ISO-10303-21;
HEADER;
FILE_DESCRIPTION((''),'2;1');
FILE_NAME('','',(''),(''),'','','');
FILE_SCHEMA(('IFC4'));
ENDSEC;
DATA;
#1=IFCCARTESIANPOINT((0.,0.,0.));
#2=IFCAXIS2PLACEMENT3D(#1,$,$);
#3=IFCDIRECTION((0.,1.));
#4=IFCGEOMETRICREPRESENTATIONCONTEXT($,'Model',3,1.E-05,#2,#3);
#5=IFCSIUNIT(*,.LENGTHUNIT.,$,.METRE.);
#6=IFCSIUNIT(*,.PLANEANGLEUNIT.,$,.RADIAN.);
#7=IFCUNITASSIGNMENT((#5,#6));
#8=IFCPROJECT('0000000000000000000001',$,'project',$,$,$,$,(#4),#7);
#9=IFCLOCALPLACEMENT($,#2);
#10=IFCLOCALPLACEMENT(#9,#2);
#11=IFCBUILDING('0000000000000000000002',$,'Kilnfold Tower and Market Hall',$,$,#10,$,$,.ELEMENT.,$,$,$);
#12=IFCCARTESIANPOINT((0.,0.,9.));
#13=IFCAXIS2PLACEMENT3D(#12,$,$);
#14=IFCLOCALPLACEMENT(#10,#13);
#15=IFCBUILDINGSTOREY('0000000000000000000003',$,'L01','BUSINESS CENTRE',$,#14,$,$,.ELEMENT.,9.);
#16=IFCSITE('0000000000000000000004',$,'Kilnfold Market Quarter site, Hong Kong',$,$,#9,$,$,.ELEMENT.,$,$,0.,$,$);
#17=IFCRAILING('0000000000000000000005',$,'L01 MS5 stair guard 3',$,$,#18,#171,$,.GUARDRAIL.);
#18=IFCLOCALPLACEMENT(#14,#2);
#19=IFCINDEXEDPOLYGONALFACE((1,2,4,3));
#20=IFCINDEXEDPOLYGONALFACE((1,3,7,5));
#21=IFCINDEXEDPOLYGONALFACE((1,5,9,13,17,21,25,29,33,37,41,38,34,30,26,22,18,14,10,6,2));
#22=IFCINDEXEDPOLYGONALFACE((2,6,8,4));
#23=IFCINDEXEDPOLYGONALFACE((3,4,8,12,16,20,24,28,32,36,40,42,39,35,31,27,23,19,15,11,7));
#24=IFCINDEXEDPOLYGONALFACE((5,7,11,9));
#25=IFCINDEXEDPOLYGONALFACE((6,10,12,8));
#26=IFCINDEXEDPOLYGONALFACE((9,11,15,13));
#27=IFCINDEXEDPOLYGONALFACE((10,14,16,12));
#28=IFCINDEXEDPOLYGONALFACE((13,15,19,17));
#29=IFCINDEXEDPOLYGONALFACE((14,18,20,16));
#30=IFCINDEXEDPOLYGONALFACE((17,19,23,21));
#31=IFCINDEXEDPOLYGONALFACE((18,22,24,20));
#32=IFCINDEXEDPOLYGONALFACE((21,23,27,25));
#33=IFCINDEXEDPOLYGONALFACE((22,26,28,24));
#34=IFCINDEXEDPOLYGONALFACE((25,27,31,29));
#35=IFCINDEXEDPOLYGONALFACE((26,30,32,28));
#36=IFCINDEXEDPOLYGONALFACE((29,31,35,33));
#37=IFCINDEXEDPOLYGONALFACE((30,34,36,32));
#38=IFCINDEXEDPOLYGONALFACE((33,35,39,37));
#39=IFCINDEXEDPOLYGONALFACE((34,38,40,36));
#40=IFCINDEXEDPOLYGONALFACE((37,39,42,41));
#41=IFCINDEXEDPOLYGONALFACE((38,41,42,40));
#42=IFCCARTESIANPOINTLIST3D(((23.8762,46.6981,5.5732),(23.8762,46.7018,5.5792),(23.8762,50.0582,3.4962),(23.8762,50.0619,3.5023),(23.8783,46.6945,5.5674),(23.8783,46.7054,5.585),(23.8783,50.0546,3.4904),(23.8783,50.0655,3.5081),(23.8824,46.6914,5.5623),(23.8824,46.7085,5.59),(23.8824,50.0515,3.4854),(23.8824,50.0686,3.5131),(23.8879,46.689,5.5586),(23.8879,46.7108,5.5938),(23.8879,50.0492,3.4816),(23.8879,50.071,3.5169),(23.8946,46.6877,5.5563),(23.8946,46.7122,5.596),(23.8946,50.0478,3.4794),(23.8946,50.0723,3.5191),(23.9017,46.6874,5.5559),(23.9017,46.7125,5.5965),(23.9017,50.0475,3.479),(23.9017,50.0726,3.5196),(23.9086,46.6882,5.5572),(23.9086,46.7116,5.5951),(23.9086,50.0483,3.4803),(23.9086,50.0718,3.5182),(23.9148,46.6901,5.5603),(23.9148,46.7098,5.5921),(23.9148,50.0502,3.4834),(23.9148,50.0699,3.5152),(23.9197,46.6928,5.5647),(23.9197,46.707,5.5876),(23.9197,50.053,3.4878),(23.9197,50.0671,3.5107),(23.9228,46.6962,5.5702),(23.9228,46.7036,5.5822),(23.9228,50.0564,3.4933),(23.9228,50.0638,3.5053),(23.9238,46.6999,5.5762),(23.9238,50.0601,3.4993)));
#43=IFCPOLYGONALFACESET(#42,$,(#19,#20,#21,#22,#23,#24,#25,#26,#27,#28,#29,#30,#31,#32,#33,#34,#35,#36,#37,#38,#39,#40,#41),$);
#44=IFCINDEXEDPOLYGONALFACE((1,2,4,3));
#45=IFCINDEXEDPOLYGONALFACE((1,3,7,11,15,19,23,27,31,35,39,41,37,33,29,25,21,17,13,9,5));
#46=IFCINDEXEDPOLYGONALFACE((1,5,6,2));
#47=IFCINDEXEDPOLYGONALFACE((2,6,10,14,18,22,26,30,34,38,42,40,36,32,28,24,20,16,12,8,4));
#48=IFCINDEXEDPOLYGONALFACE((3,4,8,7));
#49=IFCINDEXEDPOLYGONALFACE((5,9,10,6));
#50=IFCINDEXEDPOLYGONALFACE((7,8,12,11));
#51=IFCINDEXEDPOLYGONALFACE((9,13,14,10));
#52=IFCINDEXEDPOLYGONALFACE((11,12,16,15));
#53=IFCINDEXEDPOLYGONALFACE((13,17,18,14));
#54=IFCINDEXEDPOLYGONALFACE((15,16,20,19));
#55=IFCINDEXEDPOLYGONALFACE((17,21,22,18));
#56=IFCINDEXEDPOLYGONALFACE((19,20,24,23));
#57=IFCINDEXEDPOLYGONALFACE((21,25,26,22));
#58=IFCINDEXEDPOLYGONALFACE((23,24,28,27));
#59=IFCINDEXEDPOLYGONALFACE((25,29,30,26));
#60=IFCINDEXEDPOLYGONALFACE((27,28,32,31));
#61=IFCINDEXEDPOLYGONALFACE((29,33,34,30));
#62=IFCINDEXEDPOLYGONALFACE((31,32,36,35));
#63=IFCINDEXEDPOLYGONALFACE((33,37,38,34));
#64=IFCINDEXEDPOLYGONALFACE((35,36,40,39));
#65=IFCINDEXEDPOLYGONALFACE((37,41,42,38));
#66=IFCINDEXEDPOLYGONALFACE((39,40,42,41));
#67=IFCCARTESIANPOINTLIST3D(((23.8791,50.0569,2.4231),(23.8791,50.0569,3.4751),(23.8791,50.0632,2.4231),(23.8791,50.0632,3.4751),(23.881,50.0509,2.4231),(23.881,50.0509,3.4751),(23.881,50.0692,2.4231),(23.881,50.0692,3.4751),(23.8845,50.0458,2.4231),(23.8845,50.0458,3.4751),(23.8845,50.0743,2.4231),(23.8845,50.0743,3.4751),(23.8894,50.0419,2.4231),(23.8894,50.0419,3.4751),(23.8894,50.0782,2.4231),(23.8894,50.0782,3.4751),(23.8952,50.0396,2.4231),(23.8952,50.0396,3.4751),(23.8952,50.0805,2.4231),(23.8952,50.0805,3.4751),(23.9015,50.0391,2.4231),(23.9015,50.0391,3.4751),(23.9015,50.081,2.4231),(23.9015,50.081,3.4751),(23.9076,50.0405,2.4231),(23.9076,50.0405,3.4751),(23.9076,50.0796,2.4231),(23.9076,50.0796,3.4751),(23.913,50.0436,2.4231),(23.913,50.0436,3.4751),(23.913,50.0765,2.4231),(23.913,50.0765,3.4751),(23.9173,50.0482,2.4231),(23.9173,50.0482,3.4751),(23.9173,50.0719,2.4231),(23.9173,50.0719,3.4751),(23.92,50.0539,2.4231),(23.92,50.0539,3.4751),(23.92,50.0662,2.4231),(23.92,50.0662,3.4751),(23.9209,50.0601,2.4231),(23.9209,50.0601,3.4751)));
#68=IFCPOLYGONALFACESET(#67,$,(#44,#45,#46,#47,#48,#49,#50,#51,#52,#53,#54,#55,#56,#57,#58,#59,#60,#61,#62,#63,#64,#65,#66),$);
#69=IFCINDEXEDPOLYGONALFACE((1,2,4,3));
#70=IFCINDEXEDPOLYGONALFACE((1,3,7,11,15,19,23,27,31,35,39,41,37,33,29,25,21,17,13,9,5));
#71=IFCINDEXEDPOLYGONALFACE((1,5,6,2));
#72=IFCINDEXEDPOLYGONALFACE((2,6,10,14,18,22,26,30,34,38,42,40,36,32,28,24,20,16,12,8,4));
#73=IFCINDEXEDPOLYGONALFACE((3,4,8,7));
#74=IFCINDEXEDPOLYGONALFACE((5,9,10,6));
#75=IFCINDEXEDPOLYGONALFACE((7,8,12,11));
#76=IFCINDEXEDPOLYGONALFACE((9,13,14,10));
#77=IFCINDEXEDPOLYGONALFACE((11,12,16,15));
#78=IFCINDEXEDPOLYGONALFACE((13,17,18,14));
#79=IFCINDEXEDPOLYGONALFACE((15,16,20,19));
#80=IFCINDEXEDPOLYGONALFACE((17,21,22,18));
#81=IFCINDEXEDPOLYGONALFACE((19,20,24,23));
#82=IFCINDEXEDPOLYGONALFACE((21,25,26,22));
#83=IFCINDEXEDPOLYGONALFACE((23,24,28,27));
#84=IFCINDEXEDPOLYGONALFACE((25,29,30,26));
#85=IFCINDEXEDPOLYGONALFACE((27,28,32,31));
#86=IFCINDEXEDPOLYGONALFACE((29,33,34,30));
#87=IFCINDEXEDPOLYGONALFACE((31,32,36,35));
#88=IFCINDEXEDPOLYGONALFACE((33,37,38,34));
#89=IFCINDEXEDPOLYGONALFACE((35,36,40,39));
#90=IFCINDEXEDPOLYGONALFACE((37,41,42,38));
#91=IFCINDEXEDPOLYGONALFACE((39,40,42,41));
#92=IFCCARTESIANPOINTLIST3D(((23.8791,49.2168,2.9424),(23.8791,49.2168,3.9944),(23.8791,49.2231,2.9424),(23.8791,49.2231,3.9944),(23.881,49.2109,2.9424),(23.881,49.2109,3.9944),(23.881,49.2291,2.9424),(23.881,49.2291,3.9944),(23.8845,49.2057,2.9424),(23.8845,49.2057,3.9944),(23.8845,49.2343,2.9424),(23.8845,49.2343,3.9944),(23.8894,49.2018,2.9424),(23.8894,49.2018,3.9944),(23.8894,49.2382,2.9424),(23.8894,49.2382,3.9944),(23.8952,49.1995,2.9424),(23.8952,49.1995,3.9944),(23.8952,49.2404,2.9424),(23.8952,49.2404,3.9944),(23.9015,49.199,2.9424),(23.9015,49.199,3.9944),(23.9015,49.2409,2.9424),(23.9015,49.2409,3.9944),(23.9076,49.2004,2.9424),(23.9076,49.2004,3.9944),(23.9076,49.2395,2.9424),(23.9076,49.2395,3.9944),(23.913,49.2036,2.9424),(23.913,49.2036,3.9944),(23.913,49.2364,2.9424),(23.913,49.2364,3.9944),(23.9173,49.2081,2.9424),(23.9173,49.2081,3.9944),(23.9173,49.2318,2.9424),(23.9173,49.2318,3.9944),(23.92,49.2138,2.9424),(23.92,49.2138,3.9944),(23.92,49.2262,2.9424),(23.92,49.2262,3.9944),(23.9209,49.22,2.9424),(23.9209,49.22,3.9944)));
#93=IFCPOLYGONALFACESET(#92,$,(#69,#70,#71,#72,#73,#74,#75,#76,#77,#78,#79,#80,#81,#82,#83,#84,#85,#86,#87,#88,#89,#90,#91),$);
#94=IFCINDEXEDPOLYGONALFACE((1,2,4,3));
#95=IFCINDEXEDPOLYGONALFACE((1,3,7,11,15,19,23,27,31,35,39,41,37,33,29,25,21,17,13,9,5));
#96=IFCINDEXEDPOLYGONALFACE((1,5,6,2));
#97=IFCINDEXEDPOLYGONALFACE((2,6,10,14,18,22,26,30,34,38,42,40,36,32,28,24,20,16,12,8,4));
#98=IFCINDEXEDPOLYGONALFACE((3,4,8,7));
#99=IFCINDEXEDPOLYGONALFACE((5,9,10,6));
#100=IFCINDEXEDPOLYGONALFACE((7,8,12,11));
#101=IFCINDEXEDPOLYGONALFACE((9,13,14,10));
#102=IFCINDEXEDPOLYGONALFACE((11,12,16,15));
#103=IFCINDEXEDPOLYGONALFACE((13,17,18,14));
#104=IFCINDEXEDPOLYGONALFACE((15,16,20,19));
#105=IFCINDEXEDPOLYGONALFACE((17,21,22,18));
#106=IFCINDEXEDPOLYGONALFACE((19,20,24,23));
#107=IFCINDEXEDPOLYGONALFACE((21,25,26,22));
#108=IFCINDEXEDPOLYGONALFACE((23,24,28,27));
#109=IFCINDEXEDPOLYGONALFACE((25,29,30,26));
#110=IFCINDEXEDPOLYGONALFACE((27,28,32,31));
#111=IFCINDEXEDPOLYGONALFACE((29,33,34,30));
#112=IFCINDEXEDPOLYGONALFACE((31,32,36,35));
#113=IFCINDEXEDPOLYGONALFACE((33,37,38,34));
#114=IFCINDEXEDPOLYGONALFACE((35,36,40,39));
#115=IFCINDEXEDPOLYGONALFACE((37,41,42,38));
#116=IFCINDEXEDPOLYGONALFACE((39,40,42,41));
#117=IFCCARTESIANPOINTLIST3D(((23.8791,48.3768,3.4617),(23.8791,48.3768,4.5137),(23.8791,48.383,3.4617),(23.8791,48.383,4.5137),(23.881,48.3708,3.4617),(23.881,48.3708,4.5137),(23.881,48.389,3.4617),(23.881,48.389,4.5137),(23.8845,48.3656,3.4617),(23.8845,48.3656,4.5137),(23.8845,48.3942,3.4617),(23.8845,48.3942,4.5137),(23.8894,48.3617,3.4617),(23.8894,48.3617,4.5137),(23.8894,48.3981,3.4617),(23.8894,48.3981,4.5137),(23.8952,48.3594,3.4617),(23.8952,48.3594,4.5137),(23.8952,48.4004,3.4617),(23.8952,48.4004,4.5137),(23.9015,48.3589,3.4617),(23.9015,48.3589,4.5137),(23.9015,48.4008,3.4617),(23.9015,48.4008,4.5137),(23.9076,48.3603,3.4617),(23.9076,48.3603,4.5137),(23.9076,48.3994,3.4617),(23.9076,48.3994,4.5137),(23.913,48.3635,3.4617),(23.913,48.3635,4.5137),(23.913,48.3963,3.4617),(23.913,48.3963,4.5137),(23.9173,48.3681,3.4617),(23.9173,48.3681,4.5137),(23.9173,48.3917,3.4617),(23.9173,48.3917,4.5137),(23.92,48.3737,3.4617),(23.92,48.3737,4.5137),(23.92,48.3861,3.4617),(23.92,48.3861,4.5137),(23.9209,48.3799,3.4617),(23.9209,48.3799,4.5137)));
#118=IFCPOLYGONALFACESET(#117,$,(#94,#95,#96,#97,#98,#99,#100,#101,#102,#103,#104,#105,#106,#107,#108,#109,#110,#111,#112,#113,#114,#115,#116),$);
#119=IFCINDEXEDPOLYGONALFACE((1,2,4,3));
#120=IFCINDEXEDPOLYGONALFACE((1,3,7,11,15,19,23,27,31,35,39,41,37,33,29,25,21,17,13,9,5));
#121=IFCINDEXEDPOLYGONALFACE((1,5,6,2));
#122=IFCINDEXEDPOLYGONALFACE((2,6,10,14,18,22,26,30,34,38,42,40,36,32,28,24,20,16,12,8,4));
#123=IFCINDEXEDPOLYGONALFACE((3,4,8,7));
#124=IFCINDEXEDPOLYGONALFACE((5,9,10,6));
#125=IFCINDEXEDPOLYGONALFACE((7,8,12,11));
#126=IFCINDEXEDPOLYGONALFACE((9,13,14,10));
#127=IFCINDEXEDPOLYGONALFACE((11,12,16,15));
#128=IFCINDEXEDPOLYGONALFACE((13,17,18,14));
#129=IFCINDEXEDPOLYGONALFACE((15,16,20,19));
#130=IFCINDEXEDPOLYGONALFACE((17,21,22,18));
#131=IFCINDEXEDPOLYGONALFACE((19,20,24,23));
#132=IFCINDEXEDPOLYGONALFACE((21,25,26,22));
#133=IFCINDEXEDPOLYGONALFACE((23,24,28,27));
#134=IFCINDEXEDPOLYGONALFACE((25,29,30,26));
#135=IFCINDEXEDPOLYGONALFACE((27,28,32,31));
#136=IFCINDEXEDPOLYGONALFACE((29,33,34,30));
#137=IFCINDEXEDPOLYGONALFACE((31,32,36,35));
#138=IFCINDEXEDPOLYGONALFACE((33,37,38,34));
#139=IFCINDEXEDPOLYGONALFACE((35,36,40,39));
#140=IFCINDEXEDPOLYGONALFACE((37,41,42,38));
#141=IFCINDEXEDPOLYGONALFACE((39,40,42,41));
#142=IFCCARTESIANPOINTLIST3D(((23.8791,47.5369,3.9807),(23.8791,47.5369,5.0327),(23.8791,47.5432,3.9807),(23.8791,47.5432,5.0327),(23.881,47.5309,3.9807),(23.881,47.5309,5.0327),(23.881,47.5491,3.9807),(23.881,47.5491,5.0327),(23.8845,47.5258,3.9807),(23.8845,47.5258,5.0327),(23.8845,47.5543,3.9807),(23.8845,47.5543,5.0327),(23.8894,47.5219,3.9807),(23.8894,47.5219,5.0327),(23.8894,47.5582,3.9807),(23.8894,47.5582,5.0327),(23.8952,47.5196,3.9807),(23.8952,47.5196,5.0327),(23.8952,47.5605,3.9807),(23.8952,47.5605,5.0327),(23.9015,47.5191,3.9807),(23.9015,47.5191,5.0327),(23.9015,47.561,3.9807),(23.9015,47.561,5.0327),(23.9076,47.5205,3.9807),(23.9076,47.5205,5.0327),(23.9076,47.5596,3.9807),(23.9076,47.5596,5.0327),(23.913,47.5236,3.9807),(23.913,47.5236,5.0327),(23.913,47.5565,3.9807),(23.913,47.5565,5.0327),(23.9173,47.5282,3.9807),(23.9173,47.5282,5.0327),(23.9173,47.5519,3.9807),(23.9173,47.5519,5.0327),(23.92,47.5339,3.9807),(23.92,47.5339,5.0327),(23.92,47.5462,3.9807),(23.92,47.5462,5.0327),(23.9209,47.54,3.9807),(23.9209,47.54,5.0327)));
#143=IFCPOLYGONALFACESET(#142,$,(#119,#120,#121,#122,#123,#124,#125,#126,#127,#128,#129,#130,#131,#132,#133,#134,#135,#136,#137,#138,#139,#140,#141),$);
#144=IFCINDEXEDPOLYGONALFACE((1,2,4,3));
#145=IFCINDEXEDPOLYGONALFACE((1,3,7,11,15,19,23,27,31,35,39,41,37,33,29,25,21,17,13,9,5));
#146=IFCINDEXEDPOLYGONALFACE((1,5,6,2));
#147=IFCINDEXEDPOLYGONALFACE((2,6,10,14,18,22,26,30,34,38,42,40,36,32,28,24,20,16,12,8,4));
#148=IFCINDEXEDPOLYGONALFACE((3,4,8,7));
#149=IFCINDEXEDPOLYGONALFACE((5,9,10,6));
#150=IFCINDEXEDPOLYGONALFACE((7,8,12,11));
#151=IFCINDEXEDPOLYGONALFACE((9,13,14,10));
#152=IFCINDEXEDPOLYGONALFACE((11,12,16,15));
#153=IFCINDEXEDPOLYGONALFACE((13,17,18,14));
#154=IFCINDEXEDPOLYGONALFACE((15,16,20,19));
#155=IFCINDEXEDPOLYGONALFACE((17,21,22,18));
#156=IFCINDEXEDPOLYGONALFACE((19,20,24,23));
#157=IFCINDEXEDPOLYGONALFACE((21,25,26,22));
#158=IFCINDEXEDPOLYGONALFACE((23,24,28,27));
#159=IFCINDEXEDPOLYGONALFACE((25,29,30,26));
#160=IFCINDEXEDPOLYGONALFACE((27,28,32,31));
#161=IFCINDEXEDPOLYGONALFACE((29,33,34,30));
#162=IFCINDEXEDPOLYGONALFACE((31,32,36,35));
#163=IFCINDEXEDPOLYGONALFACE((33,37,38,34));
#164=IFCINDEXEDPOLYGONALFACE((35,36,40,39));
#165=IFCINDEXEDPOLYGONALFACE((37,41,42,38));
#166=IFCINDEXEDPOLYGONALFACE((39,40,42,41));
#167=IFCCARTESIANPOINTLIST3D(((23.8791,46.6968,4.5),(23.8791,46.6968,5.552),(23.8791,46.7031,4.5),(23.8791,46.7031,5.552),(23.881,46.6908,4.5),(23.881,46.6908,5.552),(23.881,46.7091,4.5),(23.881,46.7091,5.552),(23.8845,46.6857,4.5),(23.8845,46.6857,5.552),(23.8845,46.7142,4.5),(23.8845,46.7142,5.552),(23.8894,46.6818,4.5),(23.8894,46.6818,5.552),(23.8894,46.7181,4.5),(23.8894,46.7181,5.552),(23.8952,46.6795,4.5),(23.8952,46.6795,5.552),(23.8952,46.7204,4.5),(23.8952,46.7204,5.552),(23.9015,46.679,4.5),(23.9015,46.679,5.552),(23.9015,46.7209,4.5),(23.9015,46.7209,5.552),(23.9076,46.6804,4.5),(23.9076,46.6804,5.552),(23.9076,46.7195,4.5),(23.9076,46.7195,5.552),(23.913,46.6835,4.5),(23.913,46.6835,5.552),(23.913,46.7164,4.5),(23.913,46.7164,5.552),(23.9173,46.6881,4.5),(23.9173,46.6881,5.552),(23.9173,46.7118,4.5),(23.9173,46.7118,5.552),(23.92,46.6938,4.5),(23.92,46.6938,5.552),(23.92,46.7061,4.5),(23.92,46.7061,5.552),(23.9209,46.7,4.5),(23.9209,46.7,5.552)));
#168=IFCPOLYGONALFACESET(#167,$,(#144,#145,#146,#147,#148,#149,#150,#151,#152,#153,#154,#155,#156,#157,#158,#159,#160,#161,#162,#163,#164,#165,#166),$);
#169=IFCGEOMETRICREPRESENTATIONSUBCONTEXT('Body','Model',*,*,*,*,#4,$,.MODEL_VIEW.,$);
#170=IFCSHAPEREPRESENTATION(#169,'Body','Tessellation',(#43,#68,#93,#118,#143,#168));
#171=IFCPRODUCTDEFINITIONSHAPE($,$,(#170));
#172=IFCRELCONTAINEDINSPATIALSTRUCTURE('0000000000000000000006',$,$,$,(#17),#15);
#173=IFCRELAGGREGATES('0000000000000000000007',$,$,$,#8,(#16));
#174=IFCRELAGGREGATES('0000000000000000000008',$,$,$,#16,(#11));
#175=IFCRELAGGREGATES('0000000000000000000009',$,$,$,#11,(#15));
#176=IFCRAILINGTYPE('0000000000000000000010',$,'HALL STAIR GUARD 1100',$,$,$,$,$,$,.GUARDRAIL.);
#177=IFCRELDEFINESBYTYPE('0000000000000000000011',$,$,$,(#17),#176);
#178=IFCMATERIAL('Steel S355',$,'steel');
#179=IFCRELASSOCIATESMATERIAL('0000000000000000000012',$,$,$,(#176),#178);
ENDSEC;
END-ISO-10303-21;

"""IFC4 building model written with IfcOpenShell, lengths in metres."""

from ifc_helpers import new_model, si_unit, direction, frame, origin, origin_2d, place, context, subcontext, project, spatial, circle, extrude, material, type_object, element, save


model = new_model("IFC4")

# Units and contexts
model_context = context("Model", 3, precision=1e-05, world=origin(), true_north=direction((0.0, 1.0)))
body_context = subcontext(model_context, "Body", "Model", "MODEL_VIEW")
ifc_project = project(units=[si_unit("LENGTHUNIT", "METRE"), si_unit("PLANEANGLEUNIT", "RADIAN")], contexts=[model_context])

# Site, building, storey
site_placement = place(None, origin())
site = spatial("IfcSite", under=ifc_project, at=site_placement, Name="Kilnfold Market Quarter site, Hong Kong", CompositionType="ELEMENT", RefElevation=0.0)
building_placement = place(site_placement, origin())
building = spatial("IfcBuilding", under=site, at=building_placement, Name="Kilnfold Tower and Market Hall", CompositionType="ELEMENT")
storey_placement = place(building_placement, frame((0.0, 0.0, 9.0)))
storey = spatial("IfcBuildingStorey", under=building, at=storey_placement, Name="L01", Description="BUSINESS CENTRE", CompositionType="ELEMENT", Elevation=9.0)

# Railing
ifc_material_1 = material(Name="Steel S355", Category="steel")
railing_type_1 = type_object("IfcRailingType", Name="HALL STAIR GUARD 1100", PredefinedType="GUARDRAIL", material=ifc_material_1)
railing_1_placement = place(storey_placement, frame((23.8999, 50.0601, 2.4231)))
element("IfcRailing", 1, at=railing_1_placement, inside=storey, type_object=railing_type_1, Name="L01 MS5 stair guard 3", PredefinedType="GUARDRAIL", context=body_context, shape_type="SweptSolid", body=[
    extrude(circle(Radius=0.0239, at=origin_2d()), frame((0.0, 0.0, 1.0762), z_axis=(0.0, -0.850623, 0.525776), x_axis=(1.0, 0.0, 0.0)), (0.0, 0.0, 1.0), 3.9502),
    extrude(circle(Radius=0.021, at=origin_2d()), origin(), (0.0, 0.0, 1.0), 1.052),
    extrude(circle(Radius=0.021, at=origin_2d()), frame((0.0, -0.8401, 0.5193)), (0.0, 0.0, 1.0), 1.052),
    extrude(circle(Radius=0.021, at=origin_2d()), frame((0.0, -1.6802, 1.0386)), (0.0, 0.0, 1.0), 1.052),
    extrude(circle(Radius=0.021, at=origin_2d()), frame((0.0, -2.52, 1.5576)), (0.0, 0.0, 1.0), 1.052),
    extrude(circle(Radius=0.021, at=origin_2d()), frame((0.0, -3.3601, 2.0769)), (0.0, 0.0, 1.0), 1.052),
])

save(model, "model.ifc")
